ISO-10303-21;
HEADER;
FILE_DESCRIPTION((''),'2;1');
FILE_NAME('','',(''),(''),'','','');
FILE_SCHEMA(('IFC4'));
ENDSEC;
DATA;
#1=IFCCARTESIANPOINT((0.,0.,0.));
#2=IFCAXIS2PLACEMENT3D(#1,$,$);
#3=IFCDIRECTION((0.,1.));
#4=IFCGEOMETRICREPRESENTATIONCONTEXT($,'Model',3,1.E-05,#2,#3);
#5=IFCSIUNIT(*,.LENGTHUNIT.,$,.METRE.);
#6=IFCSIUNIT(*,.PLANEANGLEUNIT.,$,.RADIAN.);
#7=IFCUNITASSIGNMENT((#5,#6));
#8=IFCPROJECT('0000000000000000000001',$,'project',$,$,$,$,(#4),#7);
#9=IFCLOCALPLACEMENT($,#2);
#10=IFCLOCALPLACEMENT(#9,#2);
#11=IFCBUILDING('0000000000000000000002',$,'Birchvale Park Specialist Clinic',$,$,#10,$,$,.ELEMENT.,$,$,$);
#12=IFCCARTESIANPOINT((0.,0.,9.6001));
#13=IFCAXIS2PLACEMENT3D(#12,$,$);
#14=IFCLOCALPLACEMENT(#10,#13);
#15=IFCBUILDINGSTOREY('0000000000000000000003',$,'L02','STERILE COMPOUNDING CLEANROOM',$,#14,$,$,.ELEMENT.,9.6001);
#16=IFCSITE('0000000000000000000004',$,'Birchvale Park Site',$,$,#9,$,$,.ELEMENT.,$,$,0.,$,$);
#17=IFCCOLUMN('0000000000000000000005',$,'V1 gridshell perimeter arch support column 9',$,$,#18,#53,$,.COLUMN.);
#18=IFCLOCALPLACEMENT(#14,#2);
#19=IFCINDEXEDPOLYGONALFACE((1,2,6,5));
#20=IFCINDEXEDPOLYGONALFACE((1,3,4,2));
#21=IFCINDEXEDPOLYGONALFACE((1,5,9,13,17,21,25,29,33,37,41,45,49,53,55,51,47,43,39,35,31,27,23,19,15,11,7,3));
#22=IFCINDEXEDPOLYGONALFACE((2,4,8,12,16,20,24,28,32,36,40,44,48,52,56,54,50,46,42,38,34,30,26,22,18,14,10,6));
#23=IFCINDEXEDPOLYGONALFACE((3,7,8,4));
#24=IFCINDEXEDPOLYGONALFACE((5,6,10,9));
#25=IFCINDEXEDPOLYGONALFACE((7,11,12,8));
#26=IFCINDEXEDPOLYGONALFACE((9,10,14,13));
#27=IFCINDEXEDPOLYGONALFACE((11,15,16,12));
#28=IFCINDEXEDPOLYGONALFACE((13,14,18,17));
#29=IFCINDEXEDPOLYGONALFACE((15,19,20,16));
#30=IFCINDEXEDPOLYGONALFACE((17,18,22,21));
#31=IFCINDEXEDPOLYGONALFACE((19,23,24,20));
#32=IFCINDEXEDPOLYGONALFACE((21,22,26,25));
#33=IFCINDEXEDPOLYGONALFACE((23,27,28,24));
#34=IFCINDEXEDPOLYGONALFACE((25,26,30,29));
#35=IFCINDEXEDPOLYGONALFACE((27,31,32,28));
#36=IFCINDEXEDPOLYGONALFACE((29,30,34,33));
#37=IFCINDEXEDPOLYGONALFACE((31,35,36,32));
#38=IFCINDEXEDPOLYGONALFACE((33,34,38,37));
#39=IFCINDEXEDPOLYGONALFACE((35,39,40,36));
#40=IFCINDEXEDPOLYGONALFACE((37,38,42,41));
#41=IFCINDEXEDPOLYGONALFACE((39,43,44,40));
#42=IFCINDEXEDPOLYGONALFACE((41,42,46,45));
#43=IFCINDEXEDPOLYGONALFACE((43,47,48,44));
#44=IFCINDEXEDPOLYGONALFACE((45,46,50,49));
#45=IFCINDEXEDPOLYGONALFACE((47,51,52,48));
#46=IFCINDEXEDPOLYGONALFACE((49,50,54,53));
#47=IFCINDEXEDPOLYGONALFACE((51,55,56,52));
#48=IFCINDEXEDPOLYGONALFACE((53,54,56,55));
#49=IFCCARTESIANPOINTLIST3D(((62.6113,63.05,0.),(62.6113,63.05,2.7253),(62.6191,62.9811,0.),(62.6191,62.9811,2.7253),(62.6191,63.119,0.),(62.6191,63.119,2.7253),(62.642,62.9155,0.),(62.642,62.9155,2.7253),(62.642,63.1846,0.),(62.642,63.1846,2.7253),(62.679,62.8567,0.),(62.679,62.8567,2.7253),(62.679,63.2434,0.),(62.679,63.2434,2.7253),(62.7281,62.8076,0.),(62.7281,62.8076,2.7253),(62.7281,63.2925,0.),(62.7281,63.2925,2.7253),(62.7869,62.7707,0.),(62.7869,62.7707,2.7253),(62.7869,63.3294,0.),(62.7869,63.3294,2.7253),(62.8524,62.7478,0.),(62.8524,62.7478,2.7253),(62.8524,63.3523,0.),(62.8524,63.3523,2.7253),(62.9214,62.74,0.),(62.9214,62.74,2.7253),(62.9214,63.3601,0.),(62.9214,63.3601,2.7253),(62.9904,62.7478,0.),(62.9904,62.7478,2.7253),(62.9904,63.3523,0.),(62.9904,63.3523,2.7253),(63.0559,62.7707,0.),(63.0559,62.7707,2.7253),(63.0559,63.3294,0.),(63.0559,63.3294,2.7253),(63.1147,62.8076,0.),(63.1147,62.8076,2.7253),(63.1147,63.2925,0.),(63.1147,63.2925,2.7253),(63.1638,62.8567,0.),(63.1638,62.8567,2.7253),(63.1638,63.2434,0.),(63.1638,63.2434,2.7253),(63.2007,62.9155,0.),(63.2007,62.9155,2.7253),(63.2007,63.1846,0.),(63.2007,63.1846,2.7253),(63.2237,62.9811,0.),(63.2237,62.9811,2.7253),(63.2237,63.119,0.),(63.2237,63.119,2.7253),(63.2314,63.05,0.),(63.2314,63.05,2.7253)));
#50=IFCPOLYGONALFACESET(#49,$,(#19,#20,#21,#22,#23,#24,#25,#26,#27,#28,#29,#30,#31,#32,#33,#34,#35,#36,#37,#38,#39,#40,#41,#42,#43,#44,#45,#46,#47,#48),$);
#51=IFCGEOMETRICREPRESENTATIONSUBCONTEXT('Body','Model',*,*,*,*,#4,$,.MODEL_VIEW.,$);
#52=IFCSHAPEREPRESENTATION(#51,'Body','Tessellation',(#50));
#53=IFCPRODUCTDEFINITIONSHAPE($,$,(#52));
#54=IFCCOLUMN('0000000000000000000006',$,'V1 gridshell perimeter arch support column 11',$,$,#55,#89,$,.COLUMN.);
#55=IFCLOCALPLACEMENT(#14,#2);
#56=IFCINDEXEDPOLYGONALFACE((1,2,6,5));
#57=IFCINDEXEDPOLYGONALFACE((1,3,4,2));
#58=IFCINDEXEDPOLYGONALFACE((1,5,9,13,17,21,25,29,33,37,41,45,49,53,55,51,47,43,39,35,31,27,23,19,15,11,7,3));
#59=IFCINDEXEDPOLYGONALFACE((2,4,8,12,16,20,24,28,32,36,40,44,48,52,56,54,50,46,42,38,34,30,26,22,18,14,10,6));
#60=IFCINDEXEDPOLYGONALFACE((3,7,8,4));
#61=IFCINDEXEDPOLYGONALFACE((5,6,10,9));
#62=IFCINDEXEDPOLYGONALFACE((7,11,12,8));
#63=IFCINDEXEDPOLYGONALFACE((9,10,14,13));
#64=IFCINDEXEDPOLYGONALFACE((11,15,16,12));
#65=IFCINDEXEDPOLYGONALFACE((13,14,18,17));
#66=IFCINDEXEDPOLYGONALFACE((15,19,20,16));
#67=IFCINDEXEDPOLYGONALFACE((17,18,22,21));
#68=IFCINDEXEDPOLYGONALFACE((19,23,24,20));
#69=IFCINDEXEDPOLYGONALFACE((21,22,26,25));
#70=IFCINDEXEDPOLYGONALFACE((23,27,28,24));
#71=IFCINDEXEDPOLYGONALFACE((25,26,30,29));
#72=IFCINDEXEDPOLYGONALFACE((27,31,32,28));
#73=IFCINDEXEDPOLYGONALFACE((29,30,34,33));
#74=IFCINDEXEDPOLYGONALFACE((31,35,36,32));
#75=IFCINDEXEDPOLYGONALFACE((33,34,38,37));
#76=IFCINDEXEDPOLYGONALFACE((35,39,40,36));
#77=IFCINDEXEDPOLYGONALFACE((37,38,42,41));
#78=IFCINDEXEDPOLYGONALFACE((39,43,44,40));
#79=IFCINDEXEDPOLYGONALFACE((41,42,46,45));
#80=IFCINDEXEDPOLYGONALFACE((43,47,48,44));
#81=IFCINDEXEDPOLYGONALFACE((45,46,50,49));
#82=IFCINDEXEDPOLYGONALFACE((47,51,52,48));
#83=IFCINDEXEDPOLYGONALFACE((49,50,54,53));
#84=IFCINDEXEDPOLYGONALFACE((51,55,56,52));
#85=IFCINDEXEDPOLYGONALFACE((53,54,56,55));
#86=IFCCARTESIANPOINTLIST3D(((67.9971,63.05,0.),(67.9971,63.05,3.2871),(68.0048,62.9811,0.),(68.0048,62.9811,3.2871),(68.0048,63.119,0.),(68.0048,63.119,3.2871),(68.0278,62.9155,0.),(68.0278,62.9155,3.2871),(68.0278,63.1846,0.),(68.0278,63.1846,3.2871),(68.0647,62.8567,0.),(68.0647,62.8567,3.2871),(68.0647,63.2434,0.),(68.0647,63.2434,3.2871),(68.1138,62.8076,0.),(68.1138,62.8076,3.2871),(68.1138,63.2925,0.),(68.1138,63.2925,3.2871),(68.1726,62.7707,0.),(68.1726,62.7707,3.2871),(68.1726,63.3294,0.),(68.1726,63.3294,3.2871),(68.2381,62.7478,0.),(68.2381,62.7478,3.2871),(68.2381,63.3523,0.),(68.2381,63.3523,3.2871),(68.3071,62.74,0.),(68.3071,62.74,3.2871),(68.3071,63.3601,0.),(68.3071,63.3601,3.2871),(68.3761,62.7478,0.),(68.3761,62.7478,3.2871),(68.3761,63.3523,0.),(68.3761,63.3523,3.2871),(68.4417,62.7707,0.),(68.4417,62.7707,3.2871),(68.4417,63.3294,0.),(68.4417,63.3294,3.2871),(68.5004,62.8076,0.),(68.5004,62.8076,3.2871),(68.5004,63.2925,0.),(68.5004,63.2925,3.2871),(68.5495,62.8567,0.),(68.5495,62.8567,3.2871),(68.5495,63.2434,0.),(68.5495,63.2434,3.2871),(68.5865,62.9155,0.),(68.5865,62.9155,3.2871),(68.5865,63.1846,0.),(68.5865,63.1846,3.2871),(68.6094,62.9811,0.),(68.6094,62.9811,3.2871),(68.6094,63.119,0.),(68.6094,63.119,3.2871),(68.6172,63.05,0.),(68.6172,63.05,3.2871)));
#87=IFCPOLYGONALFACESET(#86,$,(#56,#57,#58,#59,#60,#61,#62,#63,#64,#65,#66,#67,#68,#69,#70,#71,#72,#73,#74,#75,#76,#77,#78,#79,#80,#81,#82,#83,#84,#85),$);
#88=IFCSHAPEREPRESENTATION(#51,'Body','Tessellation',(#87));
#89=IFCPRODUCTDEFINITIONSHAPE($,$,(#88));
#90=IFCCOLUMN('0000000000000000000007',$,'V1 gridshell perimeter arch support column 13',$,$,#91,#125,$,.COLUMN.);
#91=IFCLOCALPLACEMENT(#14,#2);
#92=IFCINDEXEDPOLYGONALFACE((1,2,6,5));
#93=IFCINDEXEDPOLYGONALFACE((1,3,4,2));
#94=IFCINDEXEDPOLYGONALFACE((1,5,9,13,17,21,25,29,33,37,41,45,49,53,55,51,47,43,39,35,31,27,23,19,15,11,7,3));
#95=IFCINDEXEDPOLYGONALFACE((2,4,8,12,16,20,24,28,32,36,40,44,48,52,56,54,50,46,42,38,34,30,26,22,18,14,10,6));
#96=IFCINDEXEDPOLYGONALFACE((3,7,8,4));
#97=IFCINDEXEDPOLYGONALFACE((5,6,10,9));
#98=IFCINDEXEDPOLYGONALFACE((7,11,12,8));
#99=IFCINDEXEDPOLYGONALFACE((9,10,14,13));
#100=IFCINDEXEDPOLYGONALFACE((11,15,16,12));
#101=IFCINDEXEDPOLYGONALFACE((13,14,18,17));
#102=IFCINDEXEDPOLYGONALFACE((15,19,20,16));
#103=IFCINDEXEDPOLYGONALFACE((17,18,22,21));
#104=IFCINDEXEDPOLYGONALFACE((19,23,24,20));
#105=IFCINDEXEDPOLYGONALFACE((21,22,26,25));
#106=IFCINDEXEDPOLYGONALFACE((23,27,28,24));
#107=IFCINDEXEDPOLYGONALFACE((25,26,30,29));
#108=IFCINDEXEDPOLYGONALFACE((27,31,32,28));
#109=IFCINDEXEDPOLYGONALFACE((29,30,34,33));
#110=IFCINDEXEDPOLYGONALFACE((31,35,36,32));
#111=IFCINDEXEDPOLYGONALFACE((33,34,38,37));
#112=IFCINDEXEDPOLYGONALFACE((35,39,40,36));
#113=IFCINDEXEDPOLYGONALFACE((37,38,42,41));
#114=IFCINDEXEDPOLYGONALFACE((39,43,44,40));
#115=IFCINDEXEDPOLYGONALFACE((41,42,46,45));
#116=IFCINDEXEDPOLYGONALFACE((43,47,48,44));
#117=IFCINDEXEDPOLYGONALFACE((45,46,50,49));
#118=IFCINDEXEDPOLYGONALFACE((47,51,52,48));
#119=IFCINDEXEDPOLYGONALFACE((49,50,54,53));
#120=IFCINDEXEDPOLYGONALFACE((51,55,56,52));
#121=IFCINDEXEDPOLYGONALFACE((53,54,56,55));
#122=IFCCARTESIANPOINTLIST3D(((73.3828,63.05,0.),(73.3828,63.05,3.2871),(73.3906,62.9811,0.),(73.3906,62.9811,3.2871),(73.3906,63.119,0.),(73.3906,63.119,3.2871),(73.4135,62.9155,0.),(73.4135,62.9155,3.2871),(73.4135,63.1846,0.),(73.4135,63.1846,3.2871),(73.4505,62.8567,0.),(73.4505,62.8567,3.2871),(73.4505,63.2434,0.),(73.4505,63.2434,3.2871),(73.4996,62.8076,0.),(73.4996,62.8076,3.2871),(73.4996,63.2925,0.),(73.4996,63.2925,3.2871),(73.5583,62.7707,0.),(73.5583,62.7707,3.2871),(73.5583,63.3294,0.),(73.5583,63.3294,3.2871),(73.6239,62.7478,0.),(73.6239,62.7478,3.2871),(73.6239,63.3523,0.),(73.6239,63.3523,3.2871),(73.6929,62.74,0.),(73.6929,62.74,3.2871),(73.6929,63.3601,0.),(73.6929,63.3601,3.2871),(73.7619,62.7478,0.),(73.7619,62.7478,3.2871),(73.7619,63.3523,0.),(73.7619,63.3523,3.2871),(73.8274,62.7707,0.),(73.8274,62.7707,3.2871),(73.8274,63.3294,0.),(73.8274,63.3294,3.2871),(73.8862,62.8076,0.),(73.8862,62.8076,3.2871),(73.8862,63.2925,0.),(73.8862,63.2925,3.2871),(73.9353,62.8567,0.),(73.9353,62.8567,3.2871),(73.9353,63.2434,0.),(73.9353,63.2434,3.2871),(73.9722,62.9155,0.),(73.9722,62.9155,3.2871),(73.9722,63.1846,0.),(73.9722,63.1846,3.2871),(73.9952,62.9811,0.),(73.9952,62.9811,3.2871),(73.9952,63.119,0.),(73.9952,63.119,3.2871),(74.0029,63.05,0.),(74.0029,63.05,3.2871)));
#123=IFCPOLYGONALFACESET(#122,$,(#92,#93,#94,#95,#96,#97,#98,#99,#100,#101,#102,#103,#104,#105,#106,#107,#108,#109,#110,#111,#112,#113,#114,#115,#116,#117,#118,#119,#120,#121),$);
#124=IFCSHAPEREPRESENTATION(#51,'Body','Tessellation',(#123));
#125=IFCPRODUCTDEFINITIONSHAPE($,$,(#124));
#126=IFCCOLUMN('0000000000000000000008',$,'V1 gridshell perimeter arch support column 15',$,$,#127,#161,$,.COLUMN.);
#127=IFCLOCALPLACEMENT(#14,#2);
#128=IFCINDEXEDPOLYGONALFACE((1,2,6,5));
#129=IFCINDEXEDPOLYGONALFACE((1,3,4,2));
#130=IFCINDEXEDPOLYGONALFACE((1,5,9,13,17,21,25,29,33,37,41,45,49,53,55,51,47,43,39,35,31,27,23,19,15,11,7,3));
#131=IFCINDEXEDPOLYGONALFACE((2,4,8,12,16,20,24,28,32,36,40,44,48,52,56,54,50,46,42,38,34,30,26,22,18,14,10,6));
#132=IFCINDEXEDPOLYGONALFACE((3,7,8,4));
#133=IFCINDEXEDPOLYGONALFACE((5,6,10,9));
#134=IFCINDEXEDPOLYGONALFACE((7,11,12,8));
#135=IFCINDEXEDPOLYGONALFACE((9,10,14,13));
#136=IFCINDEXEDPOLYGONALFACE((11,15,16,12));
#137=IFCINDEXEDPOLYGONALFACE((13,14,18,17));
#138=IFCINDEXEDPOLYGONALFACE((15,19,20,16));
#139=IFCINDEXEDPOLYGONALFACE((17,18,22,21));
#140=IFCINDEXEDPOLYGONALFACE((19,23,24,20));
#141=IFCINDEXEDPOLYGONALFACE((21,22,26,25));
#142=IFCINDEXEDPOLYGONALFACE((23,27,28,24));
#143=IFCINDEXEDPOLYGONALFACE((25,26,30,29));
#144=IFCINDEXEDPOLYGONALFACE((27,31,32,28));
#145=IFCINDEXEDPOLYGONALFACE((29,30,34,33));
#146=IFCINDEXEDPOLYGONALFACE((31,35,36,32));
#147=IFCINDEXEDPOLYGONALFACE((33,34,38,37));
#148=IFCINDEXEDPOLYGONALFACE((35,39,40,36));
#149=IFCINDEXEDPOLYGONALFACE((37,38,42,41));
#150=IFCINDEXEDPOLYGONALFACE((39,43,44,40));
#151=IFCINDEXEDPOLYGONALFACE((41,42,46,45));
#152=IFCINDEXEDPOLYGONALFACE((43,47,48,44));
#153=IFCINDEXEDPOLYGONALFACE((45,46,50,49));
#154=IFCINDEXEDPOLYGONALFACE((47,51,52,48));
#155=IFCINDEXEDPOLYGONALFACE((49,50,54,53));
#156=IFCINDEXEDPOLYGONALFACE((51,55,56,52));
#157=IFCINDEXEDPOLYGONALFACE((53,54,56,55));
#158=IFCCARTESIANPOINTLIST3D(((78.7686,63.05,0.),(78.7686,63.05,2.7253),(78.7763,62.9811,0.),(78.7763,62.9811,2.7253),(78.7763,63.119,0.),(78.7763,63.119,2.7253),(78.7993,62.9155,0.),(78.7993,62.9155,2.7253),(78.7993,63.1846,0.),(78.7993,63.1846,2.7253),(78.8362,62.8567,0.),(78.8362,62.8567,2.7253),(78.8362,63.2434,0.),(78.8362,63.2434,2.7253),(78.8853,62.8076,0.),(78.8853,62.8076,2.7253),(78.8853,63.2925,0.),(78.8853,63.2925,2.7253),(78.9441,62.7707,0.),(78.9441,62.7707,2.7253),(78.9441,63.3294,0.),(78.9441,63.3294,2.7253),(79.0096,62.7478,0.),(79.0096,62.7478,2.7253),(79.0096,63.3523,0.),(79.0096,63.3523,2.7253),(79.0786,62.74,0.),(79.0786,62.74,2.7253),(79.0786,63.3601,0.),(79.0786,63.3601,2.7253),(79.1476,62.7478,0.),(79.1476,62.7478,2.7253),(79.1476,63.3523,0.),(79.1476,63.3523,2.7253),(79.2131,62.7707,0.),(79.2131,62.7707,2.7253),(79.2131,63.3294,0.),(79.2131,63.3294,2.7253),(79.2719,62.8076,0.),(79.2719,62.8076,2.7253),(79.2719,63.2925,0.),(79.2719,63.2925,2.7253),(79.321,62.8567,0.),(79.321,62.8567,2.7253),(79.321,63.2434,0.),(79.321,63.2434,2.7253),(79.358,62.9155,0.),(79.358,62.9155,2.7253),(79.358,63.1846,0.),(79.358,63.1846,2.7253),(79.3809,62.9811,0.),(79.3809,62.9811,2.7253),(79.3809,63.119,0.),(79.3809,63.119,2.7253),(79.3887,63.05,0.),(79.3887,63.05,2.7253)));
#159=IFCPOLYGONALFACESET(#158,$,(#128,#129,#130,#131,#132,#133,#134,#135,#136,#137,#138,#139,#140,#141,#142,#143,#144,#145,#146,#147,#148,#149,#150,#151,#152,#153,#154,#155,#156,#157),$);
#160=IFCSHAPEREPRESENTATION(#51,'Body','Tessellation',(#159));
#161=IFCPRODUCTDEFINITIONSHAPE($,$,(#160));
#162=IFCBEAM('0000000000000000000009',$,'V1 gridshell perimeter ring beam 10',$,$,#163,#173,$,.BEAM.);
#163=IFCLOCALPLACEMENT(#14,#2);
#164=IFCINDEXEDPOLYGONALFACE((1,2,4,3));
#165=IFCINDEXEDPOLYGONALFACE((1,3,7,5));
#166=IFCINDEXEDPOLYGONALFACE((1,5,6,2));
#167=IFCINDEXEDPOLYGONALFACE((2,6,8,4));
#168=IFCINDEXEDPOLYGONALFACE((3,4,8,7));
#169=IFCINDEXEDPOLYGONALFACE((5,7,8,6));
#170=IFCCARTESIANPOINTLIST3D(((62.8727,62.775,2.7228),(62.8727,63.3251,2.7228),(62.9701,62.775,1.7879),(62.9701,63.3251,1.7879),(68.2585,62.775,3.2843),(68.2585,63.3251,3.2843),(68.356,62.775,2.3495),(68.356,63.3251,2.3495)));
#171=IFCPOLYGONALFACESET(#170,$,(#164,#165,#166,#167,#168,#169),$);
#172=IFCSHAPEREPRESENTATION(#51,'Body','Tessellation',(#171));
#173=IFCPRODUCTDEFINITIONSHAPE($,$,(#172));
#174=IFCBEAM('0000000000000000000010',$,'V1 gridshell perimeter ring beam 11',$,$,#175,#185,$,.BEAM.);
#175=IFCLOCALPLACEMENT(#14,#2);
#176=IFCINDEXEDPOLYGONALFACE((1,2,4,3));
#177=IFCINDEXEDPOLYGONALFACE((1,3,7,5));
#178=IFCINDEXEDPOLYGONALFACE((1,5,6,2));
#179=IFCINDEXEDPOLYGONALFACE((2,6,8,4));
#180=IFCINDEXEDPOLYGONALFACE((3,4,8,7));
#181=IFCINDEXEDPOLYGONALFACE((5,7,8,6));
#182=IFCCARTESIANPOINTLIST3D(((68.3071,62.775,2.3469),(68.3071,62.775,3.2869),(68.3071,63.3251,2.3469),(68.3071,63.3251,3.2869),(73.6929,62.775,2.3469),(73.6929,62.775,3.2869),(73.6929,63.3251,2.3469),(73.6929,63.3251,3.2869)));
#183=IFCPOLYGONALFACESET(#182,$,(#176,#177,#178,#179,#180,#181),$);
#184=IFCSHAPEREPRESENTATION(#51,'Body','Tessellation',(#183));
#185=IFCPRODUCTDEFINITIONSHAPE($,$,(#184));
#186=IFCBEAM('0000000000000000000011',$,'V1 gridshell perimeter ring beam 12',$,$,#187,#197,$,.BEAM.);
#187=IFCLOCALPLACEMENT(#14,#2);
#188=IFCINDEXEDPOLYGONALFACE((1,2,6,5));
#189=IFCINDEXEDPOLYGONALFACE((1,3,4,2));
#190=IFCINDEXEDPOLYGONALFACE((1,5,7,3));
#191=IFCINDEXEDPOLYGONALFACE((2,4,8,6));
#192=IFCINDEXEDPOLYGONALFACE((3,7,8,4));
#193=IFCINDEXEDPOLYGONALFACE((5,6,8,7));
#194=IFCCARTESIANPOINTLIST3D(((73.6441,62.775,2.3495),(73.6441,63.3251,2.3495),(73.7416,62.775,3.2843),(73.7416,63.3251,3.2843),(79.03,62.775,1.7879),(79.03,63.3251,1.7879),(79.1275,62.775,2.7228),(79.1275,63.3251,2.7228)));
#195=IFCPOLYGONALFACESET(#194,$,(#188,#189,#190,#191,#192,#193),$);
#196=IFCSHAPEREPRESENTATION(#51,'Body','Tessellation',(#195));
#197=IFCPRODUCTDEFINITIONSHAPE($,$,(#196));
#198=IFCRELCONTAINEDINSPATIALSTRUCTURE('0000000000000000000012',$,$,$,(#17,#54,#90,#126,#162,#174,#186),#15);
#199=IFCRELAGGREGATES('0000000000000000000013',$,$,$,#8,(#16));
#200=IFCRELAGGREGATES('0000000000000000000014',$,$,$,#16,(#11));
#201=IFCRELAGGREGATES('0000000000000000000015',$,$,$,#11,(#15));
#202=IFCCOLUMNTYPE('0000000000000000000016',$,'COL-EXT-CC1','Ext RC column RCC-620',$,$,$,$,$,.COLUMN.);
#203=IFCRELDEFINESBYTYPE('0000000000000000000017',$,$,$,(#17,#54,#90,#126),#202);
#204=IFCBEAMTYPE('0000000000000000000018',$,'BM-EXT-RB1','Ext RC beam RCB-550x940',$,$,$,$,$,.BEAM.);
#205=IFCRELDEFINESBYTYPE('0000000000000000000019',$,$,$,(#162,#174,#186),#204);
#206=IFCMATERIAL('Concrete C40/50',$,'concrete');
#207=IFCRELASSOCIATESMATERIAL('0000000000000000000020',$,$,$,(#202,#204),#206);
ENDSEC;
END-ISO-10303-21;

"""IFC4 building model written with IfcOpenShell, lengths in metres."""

from ifc_helpers import new_model, si_unit, direction, frame, origin, origin_2d, place, context, subcontext, project, spatial, rectangle, circle, extrude, material, material_profile, profile_set, type_object, element, save


model = new_model("IFC4")

# Units and contexts
model_context = context("Model", 3, precision=1e-05, world=origin(), true_north=direction((0.0, 1.0)))
body_context = subcontext(model_context, "Body", "Model", "MODEL_VIEW")
ifc_project = project(units=[si_unit("LENGTHUNIT", "METRE"), si_unit("PLANEANGLEUNIT", "RADIAN")], contexts=[model_context])

# Site, building, storey
site_placement = place(None, origin())
site = spatial("IfcSite", under=ifc_project, at=site_placement, Name="Birchvale Park Site", CompositionType="ELEMENT", RefElevation=0.0)
building_placement = place(site_placement, origin())
building = spatial("IfcBuilding", under=site, at=building_placement, Name="Birchvale Park Specialist Clinic", CompositionType="ELEMENT")
storey_placement = place(building_placement, frame((0.0, 0.0, 9.6001)))
storey = spatial("IfcBuildingStorey", under=building, at=storey_placement, Name="L02", Description="STERILE COMPOUNDING CLEANROOM", CompositionType="ELEMENT", Elevation=9.6001)

# Columns
ifc_material_1 = material(Name="Concrete C40/50", Category="concrete")
ifc_material_profile_1 = material_profile(ifc_material_1, circle(Radius=0.3101, at=origin_2d()), Name="RCC-620")
ifc_profile_set_1 = profile_set([ifc_material_profile_1], Name="Concrete C40/50")
column_type = type_object("IfcColumnType", Name="COL-EXT-CC1", Description="Ext RC column RCC-620", PredefinedType="COLUMN", material=ifc_profile_set_1)
column_1_placement = place(storey_placement, frame((62.9214, 63.05, 0.0), z_axis=(0.0, 0.0, 1.0), x_axis=(1.0, 0.0, 0.0)))
element("IfcColumn", 1, at=column_1_placement, inside=storey, type_object=column_type, Name="V1 gridshell perimeter arch support column 9", PredefinedType="COLUMN", context=body_context, shape_type="SweptSolid", body=[
    extrude(circle(Radius=0.3101, at=origin_2d()), origin(), (0.0, 0.0, 1.0), 2.7253),
])
for number, where, z_axis, x_axis, name in (
    (2, (68.3071, 63.05, 0.0), (0.0, 0.0, 1.0), (1.0, 0.0, 0.0), "V1 gridshell perimeter arch support column 11"),
    (3, (73.6929, 63.05, 0.0), (0.0, 0.0, 1.0), (1.0, 0.0, 0.0), "V1 gridshell perimeter arch support column 13"),
):
    element("IfcColumn", number, at=place(storey_placement, frame(where, z_axis=z_axis, x_axis=x_axis)), inside=storey, type_object=column_type, Name=name, PredefinedType="COLUMN", context=body_context, shape_type="SweptSolid", body=[
        extrude(circle(Radius=0.3101, at=origin_2d()), origin(), (0.0, 0.0, 1.0), 3.2871),
    ])
column_2_placement = place(storey_placement, frame((79.0786, 63.05, 0.0), z_axis=(0.0, 0.0, 1.0), x_axis=(1.0, 0.0, 0.0)))
element("IfcColumn", 4, at=column_2_placement, inside=storey, type_object=column_type, Name="V1 gridshell perimeter arch support column 15", PredefinedType="COLUMN", context=body_context, shape_type="SweptSolid", body=[
    extrude(circle(Radius=0.3101, at=origin_2d()), origin(), (0.0, 0.0, 1.0), 2.7253),
])

# Beams
ifc_material_profile_2 = material_profile(ifc_material_1, rectangle(XDim=0.55, YDim=0.9399, at=origin_2d()), Name="RCB-550x940")
ifc_profile_set_2 = profile_set([ifc_material_profile_2], Name="Concrete C40/50")
beam_type = type_object("IfcBeamType", Name="BM-EXT-RB1", Description="Ext RC beam RCB-550x940", PredefinedType="BEAM", material=ifc_profile_set_2)
beam_1_placement = place(storey_placement, frame((62.9214, 63.05, 2.2554), z_axis=(0.994609, 0.0, 0.103699), x_axis=(0.0, 1.0, 0.0)))
element("IfcBeam", 5, at=beam_1_placement, inside=storey, type_object=beam_type, Name="V1 gridshell perimeter ring beam 10", PredefinedType="BEAM", context=body_context, shape_type="SweptSolid", body=[
    extrude(rectangle(XDim=0.55, YDim=0.9399, at=origin_2d()), origin(), (0.0, 0.0, 1.0), 5.415),
])
beam_2_placement = place(storey_placement, frame((68.3071, 63.05, 2.8169), z_axis=(1.0, 0.0, 0.0), x_axis=(0.0, 1.0, 0.0)))
element("IfcBeam", 6, at=beam_2_placement, inside=storey, type_object=beam_type, Name="V1 gridshell perimeter ring beam 11", PredefinedType="BEAM", context=body_context, shape_type="SweptSolid", body=[
    extrude(rectangle(XDim=0.55, YDim=0.9399, at=origin_2d()), origin(), (0.0, 0.0, 1.0), 5.3857),
])
beam_3_placement = place(storey_placement, frame((73.6929, 63.05, 2.8169), z_axis=(0.994609, 0.0, -0.103699), x_axis=(0.0, 1.0, 0.0)))
element("IfcBeam", 7, at=beam_3_placement, inside=storey, type_object=beam_type, Name="V1 gridshell perimeter ring beam 12", PredefinedType="BEAM", context=body_context, shape_type="SweptSolid", body=[
    extrude(rectangle(XDim=0.55, YDim=0.9399, at=origin_2d()), origin(), (0.0, 0.0, 1.0), 5.415),
])

save(model, "model.ifc")
